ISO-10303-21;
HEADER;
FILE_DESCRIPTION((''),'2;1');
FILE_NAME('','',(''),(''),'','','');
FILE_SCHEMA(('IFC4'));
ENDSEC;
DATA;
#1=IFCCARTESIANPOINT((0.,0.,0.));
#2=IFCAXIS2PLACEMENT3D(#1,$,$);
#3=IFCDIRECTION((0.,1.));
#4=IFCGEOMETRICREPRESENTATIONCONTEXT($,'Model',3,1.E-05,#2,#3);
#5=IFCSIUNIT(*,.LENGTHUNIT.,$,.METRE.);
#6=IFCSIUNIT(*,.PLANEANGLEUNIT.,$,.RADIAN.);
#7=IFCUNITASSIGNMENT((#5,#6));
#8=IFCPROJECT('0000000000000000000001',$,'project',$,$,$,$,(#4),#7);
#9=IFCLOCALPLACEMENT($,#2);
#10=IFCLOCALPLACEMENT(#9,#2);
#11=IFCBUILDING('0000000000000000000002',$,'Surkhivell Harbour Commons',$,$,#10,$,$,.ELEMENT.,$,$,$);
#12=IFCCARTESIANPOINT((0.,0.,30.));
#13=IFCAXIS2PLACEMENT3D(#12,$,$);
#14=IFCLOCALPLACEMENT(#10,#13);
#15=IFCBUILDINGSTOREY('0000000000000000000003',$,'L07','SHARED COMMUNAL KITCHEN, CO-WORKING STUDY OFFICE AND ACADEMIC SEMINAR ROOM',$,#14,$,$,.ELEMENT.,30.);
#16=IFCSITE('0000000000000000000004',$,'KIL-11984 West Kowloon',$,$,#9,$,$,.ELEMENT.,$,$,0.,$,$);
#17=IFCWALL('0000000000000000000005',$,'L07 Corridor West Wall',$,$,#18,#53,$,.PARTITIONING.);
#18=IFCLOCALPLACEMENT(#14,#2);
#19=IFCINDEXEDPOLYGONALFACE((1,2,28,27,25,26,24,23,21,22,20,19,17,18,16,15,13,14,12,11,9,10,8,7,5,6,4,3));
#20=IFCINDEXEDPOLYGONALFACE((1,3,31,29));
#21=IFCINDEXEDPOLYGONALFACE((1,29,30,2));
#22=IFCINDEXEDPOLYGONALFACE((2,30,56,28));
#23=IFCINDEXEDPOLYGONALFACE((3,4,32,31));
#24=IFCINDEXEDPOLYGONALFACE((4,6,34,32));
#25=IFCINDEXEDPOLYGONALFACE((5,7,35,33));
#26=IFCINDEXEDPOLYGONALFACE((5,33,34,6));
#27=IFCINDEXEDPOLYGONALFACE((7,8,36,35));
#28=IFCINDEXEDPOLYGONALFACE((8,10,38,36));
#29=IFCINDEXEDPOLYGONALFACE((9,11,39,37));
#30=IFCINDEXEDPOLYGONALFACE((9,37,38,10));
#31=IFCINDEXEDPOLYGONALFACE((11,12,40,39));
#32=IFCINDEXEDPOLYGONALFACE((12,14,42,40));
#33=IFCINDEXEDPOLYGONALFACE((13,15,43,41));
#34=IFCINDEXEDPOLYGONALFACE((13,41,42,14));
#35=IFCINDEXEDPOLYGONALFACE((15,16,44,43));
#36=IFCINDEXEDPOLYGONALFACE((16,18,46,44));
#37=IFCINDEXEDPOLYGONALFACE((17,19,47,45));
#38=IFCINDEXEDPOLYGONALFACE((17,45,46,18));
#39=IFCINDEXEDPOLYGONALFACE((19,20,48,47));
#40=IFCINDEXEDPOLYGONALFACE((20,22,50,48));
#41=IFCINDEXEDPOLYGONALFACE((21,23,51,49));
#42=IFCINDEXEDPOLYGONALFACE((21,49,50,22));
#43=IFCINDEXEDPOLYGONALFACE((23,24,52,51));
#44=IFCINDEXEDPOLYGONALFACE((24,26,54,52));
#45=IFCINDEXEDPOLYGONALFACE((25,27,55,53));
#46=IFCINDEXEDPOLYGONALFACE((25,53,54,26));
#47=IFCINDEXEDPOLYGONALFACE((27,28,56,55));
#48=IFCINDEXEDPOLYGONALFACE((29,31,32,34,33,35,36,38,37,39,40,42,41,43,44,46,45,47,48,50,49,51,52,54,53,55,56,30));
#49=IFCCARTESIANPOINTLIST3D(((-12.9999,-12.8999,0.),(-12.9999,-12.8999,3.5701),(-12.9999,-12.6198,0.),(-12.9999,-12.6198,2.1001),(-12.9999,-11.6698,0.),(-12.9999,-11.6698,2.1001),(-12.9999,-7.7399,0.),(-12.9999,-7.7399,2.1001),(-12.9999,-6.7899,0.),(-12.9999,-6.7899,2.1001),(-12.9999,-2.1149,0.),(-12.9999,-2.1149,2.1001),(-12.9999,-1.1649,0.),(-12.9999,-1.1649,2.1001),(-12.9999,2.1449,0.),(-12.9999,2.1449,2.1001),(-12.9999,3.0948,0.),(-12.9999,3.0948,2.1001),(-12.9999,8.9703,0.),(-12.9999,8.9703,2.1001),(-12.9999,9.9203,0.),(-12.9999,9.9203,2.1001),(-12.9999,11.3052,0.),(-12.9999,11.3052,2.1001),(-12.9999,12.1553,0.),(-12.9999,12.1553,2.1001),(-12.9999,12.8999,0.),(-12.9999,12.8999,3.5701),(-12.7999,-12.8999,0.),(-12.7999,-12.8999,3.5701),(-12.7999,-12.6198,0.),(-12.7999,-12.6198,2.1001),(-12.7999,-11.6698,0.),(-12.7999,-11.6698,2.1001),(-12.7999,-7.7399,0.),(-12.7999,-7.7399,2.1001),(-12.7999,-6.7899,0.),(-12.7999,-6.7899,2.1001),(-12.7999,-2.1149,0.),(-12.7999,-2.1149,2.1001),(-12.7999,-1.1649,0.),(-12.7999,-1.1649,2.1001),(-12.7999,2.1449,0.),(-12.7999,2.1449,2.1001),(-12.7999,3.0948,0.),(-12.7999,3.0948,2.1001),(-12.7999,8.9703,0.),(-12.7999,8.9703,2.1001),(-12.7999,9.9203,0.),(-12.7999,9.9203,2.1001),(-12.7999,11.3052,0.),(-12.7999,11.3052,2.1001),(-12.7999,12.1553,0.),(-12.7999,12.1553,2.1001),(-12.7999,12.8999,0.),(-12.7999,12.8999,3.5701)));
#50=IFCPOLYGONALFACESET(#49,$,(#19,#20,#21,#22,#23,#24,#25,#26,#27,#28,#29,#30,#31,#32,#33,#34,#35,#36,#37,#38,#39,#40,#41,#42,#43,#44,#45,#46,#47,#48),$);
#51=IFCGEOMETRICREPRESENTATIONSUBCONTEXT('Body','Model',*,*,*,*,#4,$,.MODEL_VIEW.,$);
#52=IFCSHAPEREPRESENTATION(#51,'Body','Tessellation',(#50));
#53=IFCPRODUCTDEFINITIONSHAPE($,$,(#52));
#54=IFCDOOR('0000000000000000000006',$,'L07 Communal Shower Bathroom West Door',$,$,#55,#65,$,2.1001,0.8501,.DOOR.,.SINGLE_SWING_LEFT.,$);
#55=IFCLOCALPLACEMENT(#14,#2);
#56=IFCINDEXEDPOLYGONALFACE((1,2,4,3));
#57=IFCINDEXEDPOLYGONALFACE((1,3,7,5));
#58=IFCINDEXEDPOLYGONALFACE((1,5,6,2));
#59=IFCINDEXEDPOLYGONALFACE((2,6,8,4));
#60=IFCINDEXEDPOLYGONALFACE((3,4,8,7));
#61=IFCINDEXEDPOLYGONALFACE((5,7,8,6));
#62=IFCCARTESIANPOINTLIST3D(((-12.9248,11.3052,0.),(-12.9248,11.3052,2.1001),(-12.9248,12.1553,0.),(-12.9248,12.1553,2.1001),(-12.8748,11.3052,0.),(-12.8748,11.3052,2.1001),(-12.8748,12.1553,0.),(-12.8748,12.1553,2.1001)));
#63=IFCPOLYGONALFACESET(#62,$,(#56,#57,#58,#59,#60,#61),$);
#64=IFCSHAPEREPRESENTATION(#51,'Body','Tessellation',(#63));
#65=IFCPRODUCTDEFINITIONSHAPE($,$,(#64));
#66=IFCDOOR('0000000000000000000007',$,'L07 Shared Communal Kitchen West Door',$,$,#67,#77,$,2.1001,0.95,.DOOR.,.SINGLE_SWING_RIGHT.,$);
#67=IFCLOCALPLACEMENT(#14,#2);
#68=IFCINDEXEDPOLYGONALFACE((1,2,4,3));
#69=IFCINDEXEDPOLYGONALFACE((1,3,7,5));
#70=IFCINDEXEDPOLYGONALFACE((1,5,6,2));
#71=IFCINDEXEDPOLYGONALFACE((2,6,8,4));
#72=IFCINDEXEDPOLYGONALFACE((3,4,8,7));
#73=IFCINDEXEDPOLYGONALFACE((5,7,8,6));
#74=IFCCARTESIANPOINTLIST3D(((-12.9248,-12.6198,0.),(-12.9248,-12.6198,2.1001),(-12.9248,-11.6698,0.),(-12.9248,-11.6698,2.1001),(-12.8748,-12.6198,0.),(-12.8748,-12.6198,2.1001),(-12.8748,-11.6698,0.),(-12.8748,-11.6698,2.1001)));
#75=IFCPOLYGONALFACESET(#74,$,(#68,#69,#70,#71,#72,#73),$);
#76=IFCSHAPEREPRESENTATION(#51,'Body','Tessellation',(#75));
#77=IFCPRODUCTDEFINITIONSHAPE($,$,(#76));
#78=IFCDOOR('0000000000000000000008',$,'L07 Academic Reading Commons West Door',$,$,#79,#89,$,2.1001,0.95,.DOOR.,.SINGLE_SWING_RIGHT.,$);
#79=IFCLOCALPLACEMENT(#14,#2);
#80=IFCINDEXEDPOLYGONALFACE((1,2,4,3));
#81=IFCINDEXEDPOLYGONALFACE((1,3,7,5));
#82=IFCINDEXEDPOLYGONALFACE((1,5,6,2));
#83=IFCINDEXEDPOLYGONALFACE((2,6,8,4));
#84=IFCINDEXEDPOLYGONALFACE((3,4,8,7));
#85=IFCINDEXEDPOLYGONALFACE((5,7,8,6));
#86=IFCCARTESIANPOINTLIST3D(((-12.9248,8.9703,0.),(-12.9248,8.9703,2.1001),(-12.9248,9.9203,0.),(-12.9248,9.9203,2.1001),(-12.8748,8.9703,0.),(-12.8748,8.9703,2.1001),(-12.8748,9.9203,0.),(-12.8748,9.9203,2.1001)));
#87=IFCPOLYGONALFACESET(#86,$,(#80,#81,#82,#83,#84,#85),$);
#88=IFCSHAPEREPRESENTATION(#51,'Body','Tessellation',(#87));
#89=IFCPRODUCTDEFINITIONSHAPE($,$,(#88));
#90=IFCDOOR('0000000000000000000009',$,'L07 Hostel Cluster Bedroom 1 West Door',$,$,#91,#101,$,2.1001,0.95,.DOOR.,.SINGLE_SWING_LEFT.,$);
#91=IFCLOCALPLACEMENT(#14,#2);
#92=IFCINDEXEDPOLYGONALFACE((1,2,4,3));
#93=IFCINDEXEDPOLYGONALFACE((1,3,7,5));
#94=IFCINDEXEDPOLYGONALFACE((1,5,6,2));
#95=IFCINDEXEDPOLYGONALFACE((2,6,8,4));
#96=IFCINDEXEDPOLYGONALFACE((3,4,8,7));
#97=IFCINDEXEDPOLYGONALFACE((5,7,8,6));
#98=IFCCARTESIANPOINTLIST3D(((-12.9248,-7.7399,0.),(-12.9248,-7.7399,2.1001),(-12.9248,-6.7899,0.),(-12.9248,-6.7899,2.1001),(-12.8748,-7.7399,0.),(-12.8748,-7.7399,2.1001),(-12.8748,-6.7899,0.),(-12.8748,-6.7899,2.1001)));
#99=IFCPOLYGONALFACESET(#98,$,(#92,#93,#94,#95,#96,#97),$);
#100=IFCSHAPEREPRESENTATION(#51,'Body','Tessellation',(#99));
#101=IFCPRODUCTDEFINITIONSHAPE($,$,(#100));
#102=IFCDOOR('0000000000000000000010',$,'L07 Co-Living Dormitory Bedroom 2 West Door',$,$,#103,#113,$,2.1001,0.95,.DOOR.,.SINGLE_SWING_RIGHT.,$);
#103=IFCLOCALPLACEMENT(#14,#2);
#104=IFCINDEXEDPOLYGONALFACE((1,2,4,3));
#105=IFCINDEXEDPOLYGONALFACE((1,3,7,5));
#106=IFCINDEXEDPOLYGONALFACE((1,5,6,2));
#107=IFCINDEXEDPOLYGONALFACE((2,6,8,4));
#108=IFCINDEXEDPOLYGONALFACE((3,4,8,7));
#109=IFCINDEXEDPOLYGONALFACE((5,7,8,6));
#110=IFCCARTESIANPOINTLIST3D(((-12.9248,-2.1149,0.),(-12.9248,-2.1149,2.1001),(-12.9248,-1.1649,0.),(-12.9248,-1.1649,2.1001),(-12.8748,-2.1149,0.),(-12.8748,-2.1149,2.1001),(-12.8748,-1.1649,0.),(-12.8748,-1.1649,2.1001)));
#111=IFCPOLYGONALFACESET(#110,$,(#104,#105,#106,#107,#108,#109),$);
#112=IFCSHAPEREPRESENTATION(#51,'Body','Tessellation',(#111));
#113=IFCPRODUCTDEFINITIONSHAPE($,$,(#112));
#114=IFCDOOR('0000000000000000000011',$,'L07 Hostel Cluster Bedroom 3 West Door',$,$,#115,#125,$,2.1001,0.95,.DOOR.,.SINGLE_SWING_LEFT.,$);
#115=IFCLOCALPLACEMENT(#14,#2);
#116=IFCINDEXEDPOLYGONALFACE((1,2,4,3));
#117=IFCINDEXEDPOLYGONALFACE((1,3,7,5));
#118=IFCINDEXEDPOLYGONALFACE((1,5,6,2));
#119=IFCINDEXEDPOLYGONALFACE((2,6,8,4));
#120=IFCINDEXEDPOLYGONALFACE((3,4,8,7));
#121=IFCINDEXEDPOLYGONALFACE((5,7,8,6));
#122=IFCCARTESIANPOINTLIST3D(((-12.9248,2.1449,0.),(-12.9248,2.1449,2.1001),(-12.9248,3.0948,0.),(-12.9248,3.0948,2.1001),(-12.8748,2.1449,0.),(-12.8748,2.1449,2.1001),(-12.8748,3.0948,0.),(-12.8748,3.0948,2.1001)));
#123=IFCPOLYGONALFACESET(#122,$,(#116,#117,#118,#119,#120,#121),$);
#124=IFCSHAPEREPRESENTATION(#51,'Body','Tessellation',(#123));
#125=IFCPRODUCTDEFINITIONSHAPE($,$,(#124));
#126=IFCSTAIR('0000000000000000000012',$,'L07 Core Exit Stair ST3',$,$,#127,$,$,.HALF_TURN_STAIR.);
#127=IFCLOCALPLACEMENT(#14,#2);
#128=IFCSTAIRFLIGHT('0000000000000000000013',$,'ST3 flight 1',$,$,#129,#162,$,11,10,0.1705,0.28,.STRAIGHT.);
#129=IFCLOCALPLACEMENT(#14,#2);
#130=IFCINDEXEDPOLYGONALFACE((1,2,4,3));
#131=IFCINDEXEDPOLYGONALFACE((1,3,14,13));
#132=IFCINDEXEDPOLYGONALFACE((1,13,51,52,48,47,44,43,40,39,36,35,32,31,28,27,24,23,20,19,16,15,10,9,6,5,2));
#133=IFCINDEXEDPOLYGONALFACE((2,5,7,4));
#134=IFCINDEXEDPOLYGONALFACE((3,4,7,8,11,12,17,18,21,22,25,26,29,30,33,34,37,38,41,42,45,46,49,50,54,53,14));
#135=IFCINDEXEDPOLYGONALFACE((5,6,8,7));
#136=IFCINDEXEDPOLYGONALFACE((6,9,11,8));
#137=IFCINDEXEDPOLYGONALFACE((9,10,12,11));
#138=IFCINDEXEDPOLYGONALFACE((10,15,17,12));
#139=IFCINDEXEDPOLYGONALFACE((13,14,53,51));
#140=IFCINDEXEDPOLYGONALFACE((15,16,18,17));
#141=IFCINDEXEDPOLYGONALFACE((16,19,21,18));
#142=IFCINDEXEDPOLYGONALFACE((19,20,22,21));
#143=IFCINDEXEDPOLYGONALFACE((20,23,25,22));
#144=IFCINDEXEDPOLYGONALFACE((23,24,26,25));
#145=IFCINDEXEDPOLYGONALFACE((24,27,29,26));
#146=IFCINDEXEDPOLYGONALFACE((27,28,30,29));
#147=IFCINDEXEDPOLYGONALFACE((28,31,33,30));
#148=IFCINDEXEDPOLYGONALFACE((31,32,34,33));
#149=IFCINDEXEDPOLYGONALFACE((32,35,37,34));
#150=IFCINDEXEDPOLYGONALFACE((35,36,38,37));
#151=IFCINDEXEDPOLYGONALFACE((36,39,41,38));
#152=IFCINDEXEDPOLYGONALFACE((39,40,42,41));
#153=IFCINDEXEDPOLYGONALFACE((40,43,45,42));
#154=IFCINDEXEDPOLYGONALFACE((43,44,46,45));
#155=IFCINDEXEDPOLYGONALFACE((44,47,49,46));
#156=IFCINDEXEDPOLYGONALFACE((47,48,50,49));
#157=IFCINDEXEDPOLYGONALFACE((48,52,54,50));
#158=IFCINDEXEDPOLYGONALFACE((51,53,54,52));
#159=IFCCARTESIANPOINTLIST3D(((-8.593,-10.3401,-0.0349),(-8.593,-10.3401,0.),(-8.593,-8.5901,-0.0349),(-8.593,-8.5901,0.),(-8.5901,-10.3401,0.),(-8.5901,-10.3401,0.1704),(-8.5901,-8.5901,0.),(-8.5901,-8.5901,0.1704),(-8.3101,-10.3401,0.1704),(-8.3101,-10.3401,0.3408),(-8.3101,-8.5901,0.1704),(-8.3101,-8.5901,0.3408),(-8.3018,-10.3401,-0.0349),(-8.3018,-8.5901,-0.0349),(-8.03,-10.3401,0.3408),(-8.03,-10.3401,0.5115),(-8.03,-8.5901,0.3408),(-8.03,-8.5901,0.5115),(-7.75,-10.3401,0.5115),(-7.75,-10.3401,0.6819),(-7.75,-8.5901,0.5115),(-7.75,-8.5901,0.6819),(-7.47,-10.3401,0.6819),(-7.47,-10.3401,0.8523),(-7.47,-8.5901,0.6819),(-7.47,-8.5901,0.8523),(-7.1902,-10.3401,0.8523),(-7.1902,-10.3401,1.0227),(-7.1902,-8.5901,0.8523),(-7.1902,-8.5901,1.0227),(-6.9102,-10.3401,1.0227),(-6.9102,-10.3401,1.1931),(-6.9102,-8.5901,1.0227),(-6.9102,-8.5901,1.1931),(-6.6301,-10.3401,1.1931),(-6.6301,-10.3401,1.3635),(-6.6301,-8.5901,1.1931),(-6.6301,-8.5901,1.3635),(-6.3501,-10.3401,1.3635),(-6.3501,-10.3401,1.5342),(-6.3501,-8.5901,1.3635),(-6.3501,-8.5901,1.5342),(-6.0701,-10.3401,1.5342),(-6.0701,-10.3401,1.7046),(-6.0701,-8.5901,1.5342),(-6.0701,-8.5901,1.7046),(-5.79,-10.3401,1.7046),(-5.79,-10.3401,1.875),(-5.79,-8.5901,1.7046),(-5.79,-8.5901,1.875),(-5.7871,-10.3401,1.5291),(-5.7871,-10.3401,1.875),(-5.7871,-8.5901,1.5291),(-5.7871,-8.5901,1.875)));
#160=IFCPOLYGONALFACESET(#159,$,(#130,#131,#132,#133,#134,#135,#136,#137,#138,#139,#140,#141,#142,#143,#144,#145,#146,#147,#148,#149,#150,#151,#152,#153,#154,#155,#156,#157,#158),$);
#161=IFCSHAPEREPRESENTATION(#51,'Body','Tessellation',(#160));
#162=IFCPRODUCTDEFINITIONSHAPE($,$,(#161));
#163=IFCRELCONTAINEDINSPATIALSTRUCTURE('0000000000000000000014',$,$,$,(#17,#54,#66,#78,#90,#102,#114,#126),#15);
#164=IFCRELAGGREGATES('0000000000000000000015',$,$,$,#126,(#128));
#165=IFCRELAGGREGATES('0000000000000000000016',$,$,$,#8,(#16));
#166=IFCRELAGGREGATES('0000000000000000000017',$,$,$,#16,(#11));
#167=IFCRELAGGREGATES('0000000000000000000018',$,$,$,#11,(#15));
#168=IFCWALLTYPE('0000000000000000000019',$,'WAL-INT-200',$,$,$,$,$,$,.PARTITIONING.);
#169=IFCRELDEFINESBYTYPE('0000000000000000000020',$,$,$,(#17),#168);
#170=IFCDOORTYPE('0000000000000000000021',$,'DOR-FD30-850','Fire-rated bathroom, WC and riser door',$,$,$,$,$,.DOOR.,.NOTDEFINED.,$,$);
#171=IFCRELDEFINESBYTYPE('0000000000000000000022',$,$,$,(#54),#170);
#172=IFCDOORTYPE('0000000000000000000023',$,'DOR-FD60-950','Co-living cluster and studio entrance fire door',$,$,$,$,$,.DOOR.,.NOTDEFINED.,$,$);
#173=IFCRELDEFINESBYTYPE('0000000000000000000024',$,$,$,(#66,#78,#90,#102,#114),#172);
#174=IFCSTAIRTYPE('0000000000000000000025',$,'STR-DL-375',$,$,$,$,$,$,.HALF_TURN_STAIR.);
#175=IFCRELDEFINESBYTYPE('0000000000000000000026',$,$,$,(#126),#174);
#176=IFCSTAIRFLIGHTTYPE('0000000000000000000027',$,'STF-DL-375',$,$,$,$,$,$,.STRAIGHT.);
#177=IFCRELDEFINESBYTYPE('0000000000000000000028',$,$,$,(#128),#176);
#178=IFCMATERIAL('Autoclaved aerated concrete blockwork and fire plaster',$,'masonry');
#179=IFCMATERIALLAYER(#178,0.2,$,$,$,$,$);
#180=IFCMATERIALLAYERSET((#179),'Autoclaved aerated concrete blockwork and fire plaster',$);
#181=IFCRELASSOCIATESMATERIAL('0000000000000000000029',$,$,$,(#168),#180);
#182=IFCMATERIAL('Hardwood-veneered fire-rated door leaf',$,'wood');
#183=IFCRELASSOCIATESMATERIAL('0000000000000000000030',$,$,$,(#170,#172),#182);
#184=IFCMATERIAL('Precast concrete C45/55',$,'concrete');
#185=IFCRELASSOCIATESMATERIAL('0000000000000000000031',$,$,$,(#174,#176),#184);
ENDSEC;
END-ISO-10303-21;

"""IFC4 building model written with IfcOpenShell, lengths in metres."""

from ifc_helpers import new_model, si_unit, direction, frame, frame_2d, origin, place, context, subcontext, project, spatial, polyline, rectangle, outline, extrude, material, layer, layer_set, type_object, element, fill, aggregate, save


model = new_model("IFC4")

# Units and contexts
model_context = context("Model", 3, precision=1e-05, world=origin(), true_north=direction((0.0, 1.0)))
body_context = subcontext(model_context, "Body", "Model", "MODEL_VIEW")
ifc_project = project(units=[si_unit("LENGTHUNIT", "METRE"), si_unit("PLANEANGLEUNIT", "RADIAN")], contexts=[model_context])

# Site, building, storey
site_placement = place(None, origin())
site = spatial("IfcSite", under=ifc_project, at=site_placement, Name="KIL-11984 West Kowloon", CompositionType="ELEMENT", RefElevation=0.0)
building_placement = place(site_placement, origin())
building = spatial("IfcBuilding", under=site, at=building_placement, Name="Surkhivell Harbour Commons", CompositionType="ELEMENT")
storey_placement = place(building_placement, frame((0.0, 0.0, 30.0)))
storey = spatial("IfcBuildingStorey", under=building, at=storey_placement, Name="L07", Description="SHARED COMMUNAL KITCHEN, CO-WORKING STUDY OFFICE AND ACADEMIC SEMINAR ROOM", CompositionType="ELEMENT", Elevation=30.0)

# Wall, openings, doors
ifc_material_1 = material(Name="Autoclaved aerated concrete blockwork and fire plaster", Category="masonry")
ifc_layer_1 = layer(ifc_material_1, 0.2)
ifc_layer_set_1 = layer_set([ifc_layer_1], Name="Autoclaved aerated concrete blockwork and fire plaster")
wall_type_1 = type_object("IfcWallType", Name="WAL-INT-200", PredefinedType="PARTITIONING", material=ifc_layer_set_1)
ifc_material_2 = material(Name="Hardwood-veneered fire-rated door leaf", Category="wood")
door_type_1 = type_object("IfcDoorType", Name="DOR-FD30-850", Description="Fire-rated bathroom, WC and riser door", OperationType="NOTDEFINED", PredefinedType="DOOR", material=ifc_material_2)
wall_1_placement = place(storey_placement, frame((-12.8999, -12.8999, 0.0), z_axis=(0.0, 0.0, 1.0), x_axis=(0.0, 1.0, 0.0)))
wall_1 = element("IfcWall", 1, at=wall_1_placement, inside=storey, type_object=wall_type_1, Name="L07 Corridor West Wall", PredefinedType="PARTITIONING", context=body_context, shape_type="SweptSolid", body=[
    extrude(rectangle(XDim=25.7998, YDim=0.2, at=frame_2d((12.8999, 0.0))), origin(), (0.0, 0.0, 1.0), 3.5701),
])
opening_1_placement = place(wall_1_placement, frame((0.28, 0.0, 0.0)))
opening_1 = element("IfcOpeningElement", 2, at=opening_1_placement, cuts=wall_1, PredefinedType="OPENING", context=body_context, shape_type="SweptSolid", body=[
    extrude(rectangle(XDim=0.95, YDim=2.1001, at=frame_2d((0.4751, 1.05))), frame((0.0, 0.1099, 0.0), z_axis=(0.0, -1.0, 0.0), x_axis=(1.0, 0.0, 0.0)), (0.0, 0.0, 1.0), 0.22),
])
opening_2_placement = place(wall_1_placement, frame((24.2051, 0.0, 0.0)))
opening_2 = element("IfcOpeningElement", 3, at=opening_2_placement, cuts=wall_1, PredefinedType="OPENING", context=body_context, shape_type="SweptSolid", body=[
    extrude(rectangle(XDim=0.8501, YDim=2.1001, at=frame_2d((0.425, 1.05))), frame((0.0, 0.1099, 0.0), z_axis=(0.0, -1.0, 0.0), x_axis=(1.0, 0.0, 0.0)), (0.0, 0.0, 1.0), 0.22),
])
opening_3_placement = place(wall_1_placement, frame((21.8701, 0.0, 0.0)))
opening_3 = element("IfcOpeningElement", 4, at=opening_3_placement, cuts=wall_1, PredefinedType="OPENING", context=body_context, shape_type="SweptSolid", body=[
    extrude(rectangle(XDim=0.95, YDim=2.1001, at=frame_2d((0.4751, 1.05))), frame((0.0, 0.1099, 0.0), z_axis=(0.0, -1.0, 0.0), x_axis=(1.0, 0.0, 0.0)), (0.0, 0.0, 1.0), 0.22),
])
opening_4_placement = place(wall_1_placement, frame((5.1599, 0.0, 0.0)))
opening_4 = element("IfcOpeningElement", 5, at=opening_4_placement, cuts=wall_1, PredefinedType="OPENING", context=body_context, shape_type="SweptSolid", body=[
    extrude(rectangle(XDim=0.95, YDim=2.1001, at=frame_2d((0.4751, 1.05))), frame((0.0, 0.1099, 0.0), z_axis=(0.0, -1.0, 0.0), x_axis=(1.0, 0.0, 0.0)), (0.0, 0.0, 1.0), 0.22),
])
opening_5_placement = place(wall_1_placement, frame((10.7849, 0.0, 0.0)))
opening_5 = element("IfcOpeningElement", 6, at=opening_5_placement, cuts=wall_1, PredefinedType="OPENING", context=body_context, shape_type="SweptSolid", body=[
    extrude(rectangle(XDim=0.95, YDim=2.1001, at=frame_2d((0.4751, 1.05))), frame((0.0, 0.1099, 0.0), z_axis=(0.0, -1.0, 0.0), x_axis=(1.0, 0.0, 0.0)), (0.0, 0.0, 1.0), 0.22),
])
opening_6_placement = place(wall_1_placement, frame((15.0447, 0.0, 0.0)))
opening_6 = element("IfcOpeningElement", 7, at=opening_6_placement, cuts=wall_1, PredefinedType="OPENING", context=body_context, shape_type="SweptSolid", body=[
    extrude(rectangle(XDim=0.95, YDim=2.1001, at=frame_2d((0.4751, 1.05))), frame((0.0, 0.1099, 0.0), z_axis=(0.0, -1.0, 0.0), x_axis=(1.0, 0.0, 0.0)), (0.0, 0.0, 1.0), 0.22),
])
door_1_placement = place(opening_2_placement, origin())
door_1 = element("IfcDoor", 8, at=door_1_placement, inside=storey, type_object=door_type_1, Name="L07 Communal Shower Bathroom West Door", OperationType="SINGLE_SWING_LEFT", OverallHeight=2.1001, OverallWidth=0.8501, PredefinedType="DOOR", context=body_context, shape_type="SweptSolid", body=[
    extrude(rectangle(XDim=0.8501, YDim=2.1001, at=frame_2d((0.425, 1.05))), frame((0.0, 0.0249, 0.0), z_axis=(0.0, -1.0, 0.0), x_axis=(1.0, 0.0, 0.0)), (0.0, 0.0, 1.0), 0.05),
])
fill(opening_2, door_1)
door_type_2 = type_object("IfcDoorType", Name="DOR-FD60-950", Description="Co-living cluster and studio entrance fire door", OperationType="NOTDEFINED", PredefinedType="DOOR", material=ifc_material_2)
door_2_placement = place(opening_1_placement, origin())
door_2 = element("IfcDoor", 9, at=door_2_placement, inside=storey, type_object=door_type_2, Name="L07 Shared Communal Kitchen West Door", OperationType="SINGLE_SWING_RIGHT", OverallHeight=2.1001, OverallWidth=0.95, PredefinedType="DOOR", context=body_context, shape_type="SweptSolid", body=[
    extrude(rectangle(XDim=0.95, YDim=2.1001, at=frame_2d((0.4751, 1.05))), frame((0.0, 0.0249, 0.0), z_axis=(0.0, -1.0, 0.0), x_axis=(1.0, 0.0, 0.0)), (0.0, 0.0, 1.0), 0.05),
])
fill(opening_1, door_2)
door_3_placement = place(opening_3_placement, origin())
door_3 = element("IfcDoor", 10, at=door_3_placement, inside=storey, type_object=door_type_2, Name="L07 Academic Reading Commons West Door", OperationType="SINGLE_SWING_RIGHT", OverallHeight=2.1001, OverallWidth=0.95, PredefinedType="DOOR", context=body_context, shape_type="SweptSolid", body=[
    extrude(rectangle(XDim=0.95, YDim=2.1001, at=frame_2d((0.4751, 1.05))), frame((0.0, 0.0249, 0.0), z_axis=(0.0, -1.0, 0.0), x_axis=(1.0, 0.0, 0.0)), (0.0, 0.0, 1.0), 0.05),
])
fill(opening_3, door_3)
door_4_placement = place(opening_4_placement, origin())
door_4 = element("IfcDoor", 11, at=door_4_placement, inside=storey, type_object=door_type_2, Name="L07 Hostel Cluster Bedroom 1 West Door", OperationType="SINGLE_SWING_LEFT", OverallHeight=2.1001, OverallWidth=0.95, PredefinedType="DOOR", context=body_context, shape_type="SweptSolid", body=[
    extrude(rectangle(XDim=0.95, YDim=2.1001, at=frame_2d((0.4751, 1.05))), frame((0.0, 0.0249, 0.0), z_axis=(0.0, -1.0, 0.0), x_axis=(1.0, 0.0, 0.0)), (0.0, 0.0, 1.0), 0.05),
])
fill(opening_4, door_4)
door_5_placement = place(opening_5_placement, origin())
door_5 = element("IfcDoor", 12, at=door_5_placement, inside=storey, type_object=door_type_2, Name="L07 Co-Living Dormitory Bedroom 2 West Door", OperationType="SINGLE_SWING_RIGHT", OverallHeight=2.1001, OverallWidth=0.95, PredefinedType="DOOR", context=body_context, shape_type="SweptSolid", body=[
    extrude(rectangle(XDim=0.95, YDim=2.1001, at=frame_2d((0.4751, 1.05))), frame((0.0, 0.0249, 0.0), z_axis=(0.0, -1.0, 0.0), x_axis=(1.0, 0.0, 0.0)), (0.0, 0.0, 1.0), 0.05),
])
fill(opening_5, door_5)
door_6_placement = place(opening_6_placement, origin())
door_6 = element("IfcDoor", 13, at=door_6_placement, inside=storey, type_object=door_type_2, Name="L07 Hostel Cluster Bedroom 3 West Door", OperationType="SINGLE_SWING_LEFT", OverallHeight=2.1001, OverallWidth=0.95, PredefinedType="DOOR", context=body_context, shape_type="SweptSolid", body=[
    extrude(rectangle(XDim=0.95, YDim=2.1001, at=frame_2d((0.4751, 1.05))), frame((0.0, 0.0249, 0.0), z_axis=(0.0, -1.0, 0.0), x_axis=(1.0, 0.0, 0.0)), (0.0, 0.0, 1.0), 0.05),
])
fill(opening_6, door_6)

# Stair, stair flight
ifc_material_3 = material(Name="Precast concrete C45/55", Category="concrete")
stair_type = type_object("IfcStairType", Name="STR-DL-375", PredefinedType="HALF_TURN_STAIR", material=ifc_material_3)
stair_placement = place(storey_placement, origin())
stair = element("IfcStair", 14, at=stair_placement, inside=storey, type_object=stair_type, Name="L07 Core Exit Stair ST3", PredefinedType="HALF_TURN_STAIR")
stair_flight_type = type_object("IfcStairFlightType", Name="STF-DL-375", PredefinedType="STRAIGHT", material=ifc_material_3)
stair_flight_placement = place(storey_placement, frame((-8.5901, -9.4651, 0.0), z_axis=(0.0, 0.0, 1.0), x_axis=(1.0, 0.0, 0.0)))
stair_flight = element("IfcStairFlight", 15, at=stair_flight_placement, type_object=stair_flight_type, Name="ST3 flight 1", NumberOfRisers=11, NumberOfTreads=10, PredefinedType="STRAIGHT", RiserHeight=0.1705, TreadLength=0.28, context=body_context, shape_type="SweptSolid", body=[
    extrude(outline(polyline([(-0.0029, -0.0349), (-0.0029, 0.0), (0.0, 0.0), (0.0, 0.1704), (0.28, 0.1704), (0.28, 0.3408), (0.5601, 0.3408), (0.5601, 0.5115), (0.8401, 0.5115), (0.8401, 0.6819), (1.1201, 0.6819), (1.1201, 0.8523), (1.3999, 0.8523), (1.3999, 1.0227), (1.6799, 1.0227), (1.6799, 1.1931), (1.96, 1.1931), (1.96, 1.3635), (2.24, 1.3635), (2.24, 1.5342), (2.52, 1.5342), (2.52, 1.7046), (2.8, 1.7046), (2.8, 1.875), (2.803, 1.875), (2.803, 1.5291), (0.2883, -0.0349), (-0.0029, -0.0349)])), frame((0.0, 0.875, 0.0), z_axis=(0.0, -1.0, 0.0), x_axis=(1.0, 0.0, 0.0)), (0.0, 0.0, 1.0), 1.75),
])
aggregate(stair, [stair_flight])

save(model, "model.ifc")
